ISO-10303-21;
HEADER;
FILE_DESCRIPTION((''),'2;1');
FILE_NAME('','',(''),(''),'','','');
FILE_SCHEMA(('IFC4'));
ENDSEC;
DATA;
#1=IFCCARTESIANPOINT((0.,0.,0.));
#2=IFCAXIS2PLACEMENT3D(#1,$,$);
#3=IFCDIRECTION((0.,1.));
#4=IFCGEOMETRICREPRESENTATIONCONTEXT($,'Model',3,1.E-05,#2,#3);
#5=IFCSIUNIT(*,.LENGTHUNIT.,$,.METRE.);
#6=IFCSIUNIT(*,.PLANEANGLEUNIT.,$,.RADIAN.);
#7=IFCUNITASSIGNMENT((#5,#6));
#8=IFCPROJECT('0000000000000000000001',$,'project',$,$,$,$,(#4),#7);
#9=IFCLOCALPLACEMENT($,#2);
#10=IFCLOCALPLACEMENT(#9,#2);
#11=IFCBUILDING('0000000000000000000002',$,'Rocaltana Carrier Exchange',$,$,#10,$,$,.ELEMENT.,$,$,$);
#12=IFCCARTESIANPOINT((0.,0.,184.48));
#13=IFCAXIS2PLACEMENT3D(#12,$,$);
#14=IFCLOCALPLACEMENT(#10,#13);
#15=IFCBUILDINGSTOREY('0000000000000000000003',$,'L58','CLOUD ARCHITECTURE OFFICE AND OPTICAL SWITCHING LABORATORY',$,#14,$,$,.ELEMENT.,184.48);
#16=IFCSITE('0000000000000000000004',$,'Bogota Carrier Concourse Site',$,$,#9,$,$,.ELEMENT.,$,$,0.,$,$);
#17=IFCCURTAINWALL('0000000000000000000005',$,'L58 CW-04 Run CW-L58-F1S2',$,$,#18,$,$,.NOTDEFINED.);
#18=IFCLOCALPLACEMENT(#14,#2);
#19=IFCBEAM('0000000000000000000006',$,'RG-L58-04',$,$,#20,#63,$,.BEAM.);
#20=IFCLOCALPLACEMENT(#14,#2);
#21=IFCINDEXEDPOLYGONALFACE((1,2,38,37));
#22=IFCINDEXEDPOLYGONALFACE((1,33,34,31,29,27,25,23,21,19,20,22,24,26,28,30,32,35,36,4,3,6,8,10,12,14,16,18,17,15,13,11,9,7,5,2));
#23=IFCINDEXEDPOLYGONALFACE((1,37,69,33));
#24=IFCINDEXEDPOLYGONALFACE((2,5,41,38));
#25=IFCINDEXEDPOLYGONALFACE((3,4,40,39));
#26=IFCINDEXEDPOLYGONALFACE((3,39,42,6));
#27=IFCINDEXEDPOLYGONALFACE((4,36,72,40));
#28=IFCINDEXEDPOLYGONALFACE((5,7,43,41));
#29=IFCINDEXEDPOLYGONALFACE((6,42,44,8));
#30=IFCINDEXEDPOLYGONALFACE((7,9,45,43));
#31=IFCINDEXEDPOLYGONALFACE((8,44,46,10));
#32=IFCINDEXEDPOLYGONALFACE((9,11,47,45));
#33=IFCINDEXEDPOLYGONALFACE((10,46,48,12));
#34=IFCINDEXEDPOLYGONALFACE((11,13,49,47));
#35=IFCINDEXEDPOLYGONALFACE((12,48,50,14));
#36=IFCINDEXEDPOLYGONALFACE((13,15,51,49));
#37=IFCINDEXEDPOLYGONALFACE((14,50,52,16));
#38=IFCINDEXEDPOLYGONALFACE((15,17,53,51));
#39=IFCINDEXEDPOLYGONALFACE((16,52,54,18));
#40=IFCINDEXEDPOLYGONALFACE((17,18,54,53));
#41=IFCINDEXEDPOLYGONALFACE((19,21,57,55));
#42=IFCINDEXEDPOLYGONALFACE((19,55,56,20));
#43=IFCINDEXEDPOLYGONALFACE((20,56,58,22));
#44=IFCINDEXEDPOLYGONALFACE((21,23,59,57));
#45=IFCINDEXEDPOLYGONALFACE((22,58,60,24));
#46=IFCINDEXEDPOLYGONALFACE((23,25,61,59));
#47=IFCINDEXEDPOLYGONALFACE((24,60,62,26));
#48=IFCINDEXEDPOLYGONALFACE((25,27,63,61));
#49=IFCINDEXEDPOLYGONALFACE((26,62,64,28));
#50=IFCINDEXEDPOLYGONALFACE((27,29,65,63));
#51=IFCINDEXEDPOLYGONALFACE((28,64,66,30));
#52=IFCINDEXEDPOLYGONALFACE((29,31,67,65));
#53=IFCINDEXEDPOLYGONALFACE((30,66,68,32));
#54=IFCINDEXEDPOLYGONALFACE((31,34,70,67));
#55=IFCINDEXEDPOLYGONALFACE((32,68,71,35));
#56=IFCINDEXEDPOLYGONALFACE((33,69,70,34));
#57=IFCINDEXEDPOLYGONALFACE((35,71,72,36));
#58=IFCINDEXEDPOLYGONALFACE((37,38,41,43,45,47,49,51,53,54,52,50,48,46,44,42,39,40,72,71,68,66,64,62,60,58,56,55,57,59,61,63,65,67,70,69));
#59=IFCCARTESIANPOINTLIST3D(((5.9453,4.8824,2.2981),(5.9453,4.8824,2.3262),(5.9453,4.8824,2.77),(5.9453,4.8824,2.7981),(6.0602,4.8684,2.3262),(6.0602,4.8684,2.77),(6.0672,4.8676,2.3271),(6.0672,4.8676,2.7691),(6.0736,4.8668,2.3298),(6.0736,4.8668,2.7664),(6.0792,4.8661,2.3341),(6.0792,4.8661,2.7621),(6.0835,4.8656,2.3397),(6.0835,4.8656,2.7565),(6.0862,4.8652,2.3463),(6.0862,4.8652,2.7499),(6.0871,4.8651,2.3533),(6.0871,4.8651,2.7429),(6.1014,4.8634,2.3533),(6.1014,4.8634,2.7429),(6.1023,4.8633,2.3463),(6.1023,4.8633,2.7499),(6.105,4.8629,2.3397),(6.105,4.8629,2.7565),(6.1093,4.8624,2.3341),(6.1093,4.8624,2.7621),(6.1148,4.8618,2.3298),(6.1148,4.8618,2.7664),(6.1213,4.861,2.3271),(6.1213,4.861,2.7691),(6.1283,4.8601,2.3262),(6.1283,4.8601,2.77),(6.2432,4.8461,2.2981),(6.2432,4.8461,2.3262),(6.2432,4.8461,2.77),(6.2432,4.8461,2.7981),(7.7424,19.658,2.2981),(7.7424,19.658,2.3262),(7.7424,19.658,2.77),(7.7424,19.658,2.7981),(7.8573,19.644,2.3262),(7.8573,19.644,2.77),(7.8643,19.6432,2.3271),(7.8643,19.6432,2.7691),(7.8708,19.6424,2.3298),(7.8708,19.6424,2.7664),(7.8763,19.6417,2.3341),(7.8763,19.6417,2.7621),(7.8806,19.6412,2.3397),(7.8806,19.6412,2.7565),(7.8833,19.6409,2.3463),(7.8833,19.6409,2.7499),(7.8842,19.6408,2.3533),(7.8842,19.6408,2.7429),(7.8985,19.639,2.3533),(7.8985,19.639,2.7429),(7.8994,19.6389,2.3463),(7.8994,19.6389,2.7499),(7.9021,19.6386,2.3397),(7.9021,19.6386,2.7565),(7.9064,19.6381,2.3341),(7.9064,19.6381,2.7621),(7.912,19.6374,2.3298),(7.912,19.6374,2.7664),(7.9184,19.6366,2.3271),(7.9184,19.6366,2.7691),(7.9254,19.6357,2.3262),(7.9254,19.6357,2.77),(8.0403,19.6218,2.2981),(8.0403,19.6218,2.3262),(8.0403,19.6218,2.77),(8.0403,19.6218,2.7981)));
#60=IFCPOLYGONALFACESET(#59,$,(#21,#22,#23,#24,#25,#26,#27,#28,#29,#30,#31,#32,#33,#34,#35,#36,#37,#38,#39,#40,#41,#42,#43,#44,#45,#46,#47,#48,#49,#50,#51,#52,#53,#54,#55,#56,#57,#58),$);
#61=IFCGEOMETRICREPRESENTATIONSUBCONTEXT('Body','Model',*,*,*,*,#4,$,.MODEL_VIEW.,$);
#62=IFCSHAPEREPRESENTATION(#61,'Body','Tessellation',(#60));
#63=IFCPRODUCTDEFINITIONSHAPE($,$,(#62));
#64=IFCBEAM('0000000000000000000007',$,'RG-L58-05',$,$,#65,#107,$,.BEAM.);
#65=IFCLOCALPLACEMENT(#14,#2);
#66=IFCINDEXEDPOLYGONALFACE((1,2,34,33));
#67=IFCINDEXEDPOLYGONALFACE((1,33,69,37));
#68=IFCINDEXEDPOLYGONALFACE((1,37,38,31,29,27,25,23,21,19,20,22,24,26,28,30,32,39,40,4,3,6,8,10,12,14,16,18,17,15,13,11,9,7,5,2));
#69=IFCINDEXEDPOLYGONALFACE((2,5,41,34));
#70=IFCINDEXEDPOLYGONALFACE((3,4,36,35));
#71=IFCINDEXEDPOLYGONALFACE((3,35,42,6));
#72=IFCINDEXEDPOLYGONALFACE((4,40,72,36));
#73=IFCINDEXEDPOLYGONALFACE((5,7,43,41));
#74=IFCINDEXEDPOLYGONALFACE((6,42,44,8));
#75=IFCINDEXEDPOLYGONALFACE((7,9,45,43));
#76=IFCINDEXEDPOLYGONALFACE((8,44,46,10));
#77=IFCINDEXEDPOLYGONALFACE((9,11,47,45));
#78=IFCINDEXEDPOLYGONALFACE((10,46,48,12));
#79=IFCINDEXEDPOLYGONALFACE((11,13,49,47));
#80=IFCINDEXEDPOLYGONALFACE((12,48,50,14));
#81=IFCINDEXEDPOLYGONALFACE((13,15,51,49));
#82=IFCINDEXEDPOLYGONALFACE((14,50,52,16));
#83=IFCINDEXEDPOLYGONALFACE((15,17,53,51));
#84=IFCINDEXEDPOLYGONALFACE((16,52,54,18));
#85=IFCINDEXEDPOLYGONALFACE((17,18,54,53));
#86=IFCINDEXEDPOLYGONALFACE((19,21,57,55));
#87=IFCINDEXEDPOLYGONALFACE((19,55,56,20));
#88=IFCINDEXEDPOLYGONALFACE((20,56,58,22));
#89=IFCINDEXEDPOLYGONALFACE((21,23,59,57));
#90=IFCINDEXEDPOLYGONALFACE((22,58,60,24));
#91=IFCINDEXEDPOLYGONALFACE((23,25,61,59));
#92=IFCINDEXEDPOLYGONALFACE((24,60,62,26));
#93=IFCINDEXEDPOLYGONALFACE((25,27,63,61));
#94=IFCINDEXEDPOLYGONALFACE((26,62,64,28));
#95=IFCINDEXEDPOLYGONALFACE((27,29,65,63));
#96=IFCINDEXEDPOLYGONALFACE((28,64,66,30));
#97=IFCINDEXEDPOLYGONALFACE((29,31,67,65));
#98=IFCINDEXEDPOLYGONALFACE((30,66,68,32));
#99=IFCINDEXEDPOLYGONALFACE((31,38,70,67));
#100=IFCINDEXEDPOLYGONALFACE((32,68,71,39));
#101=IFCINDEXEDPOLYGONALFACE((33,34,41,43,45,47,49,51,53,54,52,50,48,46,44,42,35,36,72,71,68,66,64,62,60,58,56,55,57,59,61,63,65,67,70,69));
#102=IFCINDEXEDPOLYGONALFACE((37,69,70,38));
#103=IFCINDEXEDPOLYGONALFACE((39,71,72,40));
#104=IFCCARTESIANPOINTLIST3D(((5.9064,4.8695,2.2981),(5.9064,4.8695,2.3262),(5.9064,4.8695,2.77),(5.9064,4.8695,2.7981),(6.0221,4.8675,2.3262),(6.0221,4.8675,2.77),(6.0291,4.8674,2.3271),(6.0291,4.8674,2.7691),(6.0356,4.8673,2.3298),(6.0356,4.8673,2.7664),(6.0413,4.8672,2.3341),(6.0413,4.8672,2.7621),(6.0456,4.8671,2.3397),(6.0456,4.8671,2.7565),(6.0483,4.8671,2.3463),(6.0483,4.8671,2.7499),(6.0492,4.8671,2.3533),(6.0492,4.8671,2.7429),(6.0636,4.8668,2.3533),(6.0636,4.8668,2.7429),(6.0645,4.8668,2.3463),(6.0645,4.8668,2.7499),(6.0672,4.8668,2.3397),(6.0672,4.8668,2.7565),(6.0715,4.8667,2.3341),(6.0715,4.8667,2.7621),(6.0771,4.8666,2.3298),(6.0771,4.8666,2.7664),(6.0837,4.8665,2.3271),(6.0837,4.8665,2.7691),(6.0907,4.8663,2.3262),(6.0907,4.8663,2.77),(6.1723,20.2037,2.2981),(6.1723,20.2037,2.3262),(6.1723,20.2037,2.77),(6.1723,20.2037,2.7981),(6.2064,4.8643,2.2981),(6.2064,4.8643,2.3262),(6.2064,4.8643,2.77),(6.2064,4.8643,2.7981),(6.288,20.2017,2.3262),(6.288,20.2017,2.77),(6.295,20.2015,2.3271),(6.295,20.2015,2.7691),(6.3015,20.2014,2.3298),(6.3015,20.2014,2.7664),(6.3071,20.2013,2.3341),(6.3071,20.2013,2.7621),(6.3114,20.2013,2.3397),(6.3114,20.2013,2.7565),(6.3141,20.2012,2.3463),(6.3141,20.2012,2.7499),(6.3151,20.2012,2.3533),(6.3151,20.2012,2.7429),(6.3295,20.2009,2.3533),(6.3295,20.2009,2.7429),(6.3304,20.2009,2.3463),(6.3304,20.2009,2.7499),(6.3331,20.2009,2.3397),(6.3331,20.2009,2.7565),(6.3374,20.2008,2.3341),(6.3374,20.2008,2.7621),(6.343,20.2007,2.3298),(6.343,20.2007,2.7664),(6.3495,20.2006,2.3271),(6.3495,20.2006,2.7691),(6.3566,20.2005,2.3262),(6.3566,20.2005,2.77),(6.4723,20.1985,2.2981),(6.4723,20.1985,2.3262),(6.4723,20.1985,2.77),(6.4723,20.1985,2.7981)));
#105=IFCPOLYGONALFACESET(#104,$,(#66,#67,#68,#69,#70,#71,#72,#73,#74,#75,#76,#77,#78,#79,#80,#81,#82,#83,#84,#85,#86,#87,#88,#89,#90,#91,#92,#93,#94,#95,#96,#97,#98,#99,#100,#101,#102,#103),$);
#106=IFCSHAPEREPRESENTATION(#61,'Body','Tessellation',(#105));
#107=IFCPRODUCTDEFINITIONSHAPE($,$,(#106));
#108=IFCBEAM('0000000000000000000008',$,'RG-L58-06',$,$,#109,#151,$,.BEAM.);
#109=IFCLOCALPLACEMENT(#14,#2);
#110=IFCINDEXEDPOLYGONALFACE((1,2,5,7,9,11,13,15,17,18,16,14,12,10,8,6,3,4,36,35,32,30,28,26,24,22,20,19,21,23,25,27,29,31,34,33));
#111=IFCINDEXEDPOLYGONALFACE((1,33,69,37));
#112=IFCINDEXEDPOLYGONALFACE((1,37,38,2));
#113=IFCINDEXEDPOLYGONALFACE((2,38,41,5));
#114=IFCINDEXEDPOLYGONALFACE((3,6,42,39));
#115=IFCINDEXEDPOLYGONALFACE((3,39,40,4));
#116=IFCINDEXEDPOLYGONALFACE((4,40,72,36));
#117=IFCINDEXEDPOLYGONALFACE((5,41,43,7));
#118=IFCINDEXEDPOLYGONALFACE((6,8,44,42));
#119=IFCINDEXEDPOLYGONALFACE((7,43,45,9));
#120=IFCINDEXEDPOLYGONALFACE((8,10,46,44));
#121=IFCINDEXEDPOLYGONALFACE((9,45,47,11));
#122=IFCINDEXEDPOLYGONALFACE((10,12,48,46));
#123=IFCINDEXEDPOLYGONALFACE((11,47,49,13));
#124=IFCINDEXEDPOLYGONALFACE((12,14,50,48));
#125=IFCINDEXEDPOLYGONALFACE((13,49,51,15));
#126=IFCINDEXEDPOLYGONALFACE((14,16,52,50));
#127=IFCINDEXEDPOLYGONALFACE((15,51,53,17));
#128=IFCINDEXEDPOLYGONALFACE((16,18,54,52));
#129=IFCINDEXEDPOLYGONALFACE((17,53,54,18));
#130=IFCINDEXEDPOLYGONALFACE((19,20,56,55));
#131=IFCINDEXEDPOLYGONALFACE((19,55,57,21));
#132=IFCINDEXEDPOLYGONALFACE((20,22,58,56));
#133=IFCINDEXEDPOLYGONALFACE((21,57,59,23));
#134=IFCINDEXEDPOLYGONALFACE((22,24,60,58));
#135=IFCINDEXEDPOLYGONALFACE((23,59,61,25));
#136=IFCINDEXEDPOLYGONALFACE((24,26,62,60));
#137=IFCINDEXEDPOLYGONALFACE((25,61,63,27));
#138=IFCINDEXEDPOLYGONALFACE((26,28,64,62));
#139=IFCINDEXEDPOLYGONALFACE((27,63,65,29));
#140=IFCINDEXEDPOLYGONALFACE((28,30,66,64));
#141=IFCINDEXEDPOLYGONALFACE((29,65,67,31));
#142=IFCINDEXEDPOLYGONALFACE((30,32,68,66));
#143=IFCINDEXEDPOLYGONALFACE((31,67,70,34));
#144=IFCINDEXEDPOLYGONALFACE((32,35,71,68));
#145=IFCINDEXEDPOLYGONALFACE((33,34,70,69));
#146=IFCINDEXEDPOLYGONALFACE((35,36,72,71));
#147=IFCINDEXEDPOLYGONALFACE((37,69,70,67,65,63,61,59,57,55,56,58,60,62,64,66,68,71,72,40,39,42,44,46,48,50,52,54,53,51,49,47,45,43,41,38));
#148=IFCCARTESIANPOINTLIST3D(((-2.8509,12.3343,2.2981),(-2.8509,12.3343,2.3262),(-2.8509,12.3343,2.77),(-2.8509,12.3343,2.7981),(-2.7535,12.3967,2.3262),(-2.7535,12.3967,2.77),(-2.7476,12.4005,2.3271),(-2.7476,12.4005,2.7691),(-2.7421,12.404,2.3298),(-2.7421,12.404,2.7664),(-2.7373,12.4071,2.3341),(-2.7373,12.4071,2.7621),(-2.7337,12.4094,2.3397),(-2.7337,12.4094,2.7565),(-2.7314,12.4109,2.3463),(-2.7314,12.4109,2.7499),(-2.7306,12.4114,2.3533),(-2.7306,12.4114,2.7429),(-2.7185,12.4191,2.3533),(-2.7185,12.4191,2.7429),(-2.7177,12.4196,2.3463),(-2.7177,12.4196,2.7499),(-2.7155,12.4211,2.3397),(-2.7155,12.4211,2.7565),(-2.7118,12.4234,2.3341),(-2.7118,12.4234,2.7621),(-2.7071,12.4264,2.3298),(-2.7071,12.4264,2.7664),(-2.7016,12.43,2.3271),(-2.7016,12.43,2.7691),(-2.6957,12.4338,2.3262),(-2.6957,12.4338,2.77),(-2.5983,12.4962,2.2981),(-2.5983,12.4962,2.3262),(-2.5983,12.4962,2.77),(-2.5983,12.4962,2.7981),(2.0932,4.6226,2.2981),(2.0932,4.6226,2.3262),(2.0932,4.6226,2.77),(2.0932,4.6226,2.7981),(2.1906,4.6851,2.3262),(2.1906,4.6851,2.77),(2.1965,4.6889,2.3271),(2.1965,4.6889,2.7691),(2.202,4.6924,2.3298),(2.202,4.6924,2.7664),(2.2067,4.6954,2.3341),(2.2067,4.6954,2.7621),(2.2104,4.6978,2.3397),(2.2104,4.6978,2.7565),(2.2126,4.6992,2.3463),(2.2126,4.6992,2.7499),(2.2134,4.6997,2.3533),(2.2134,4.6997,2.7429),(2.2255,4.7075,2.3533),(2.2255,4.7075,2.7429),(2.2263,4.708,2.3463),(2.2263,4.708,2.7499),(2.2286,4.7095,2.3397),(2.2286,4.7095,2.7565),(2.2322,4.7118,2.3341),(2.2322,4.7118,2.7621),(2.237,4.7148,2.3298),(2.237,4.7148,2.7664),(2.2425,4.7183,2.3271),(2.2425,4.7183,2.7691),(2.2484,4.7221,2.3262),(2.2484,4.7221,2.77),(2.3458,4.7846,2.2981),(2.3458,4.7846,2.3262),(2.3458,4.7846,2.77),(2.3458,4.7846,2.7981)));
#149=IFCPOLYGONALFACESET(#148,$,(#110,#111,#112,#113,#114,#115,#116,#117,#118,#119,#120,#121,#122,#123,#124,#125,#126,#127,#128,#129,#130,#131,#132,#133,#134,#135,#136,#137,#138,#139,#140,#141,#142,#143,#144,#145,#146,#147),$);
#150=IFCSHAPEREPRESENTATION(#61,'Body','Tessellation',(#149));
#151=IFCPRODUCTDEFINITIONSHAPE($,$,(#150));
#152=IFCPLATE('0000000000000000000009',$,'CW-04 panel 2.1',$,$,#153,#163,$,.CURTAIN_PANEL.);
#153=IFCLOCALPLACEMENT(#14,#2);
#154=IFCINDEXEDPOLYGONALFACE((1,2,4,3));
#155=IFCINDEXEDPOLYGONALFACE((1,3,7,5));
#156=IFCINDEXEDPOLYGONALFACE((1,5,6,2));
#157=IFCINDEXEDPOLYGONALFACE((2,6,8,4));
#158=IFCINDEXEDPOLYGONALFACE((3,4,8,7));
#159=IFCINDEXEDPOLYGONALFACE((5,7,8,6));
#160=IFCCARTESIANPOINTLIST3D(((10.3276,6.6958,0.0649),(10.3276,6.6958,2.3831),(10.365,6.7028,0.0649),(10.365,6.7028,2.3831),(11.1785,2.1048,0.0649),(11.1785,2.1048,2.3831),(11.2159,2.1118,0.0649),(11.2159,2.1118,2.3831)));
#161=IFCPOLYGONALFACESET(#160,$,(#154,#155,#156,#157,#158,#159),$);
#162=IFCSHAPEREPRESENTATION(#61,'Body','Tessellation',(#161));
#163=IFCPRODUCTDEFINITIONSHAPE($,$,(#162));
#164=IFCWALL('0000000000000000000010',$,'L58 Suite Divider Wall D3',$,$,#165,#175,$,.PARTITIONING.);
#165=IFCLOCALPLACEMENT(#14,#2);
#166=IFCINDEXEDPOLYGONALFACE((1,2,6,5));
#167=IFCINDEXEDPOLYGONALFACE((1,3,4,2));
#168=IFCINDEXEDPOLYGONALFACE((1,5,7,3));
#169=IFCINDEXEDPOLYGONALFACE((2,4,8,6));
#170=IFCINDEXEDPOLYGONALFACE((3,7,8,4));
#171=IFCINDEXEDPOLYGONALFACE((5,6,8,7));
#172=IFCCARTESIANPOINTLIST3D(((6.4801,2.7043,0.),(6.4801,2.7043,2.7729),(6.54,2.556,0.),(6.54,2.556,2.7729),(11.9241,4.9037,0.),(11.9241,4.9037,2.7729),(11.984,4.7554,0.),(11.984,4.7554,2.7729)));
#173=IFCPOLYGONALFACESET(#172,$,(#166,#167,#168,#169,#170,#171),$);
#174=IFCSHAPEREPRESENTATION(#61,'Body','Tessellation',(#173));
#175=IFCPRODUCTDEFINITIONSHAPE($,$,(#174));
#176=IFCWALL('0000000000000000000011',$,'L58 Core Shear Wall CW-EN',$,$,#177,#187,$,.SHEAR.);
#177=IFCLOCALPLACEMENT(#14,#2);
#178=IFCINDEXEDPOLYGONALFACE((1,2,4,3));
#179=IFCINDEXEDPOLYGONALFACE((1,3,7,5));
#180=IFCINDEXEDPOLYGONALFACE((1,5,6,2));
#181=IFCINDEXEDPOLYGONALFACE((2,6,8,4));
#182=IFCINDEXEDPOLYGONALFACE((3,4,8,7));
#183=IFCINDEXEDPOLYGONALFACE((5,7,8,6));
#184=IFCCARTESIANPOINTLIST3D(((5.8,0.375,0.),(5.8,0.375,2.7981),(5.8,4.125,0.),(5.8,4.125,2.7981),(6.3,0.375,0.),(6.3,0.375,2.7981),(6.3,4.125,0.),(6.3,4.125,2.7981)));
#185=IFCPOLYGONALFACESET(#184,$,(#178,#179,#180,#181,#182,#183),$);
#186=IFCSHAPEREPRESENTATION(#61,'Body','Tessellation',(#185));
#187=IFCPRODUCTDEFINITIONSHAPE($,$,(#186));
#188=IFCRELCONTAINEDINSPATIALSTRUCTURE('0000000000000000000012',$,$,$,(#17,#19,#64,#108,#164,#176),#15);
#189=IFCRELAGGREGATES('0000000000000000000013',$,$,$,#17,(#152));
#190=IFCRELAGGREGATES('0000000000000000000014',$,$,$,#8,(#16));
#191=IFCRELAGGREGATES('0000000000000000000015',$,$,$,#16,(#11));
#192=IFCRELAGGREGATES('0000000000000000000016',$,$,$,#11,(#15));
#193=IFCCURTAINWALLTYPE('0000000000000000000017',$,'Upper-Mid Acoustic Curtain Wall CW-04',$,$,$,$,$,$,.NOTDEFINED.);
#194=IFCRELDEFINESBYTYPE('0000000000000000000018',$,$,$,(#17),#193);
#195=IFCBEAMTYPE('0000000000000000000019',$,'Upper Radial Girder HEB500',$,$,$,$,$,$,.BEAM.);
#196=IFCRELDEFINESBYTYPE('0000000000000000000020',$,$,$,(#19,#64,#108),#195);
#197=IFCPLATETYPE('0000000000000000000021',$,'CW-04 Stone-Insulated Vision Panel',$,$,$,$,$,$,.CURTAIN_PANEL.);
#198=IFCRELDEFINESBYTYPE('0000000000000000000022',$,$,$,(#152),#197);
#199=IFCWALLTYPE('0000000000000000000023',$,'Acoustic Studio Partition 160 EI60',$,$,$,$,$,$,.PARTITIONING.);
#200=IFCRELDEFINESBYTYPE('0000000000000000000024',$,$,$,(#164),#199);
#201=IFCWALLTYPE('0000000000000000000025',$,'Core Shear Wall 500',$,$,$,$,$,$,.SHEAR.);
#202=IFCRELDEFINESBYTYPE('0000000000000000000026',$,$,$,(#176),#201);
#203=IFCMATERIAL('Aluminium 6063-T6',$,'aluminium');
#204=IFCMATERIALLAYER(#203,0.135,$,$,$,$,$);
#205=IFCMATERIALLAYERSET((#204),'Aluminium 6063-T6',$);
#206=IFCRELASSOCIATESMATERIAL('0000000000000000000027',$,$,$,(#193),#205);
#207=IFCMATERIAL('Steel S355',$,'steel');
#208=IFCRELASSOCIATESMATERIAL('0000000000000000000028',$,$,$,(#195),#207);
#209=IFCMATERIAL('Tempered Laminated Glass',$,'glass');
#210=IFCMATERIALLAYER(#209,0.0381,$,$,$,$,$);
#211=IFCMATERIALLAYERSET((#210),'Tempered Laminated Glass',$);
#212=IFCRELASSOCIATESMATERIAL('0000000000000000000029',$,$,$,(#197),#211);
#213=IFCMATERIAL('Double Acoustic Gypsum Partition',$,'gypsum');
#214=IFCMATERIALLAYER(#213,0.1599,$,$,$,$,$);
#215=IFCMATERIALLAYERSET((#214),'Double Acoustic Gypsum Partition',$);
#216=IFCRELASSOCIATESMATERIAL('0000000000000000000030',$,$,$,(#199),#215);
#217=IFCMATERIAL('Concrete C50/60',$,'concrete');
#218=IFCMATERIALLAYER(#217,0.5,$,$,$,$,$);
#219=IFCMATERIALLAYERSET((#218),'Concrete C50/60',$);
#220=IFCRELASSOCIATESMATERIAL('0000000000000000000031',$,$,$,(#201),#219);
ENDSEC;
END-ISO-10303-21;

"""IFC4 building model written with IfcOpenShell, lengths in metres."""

from ifc_helpers import new_model, si_unit, direction, frame, frame_2d, origin, origin_2d, place, context, subcontext, project, spatial, rectangle, i_section, extrude, material, layer, layer_set, material_profile, profile_set, type_object, element, aggregate, save


model = new_model("IFC4")

# Units and contexts
model_context = context("Model", 3, precision=1e-05, world=origin(), true_north=direction((0.0, 1.0)))
body_context = subcontext(model_context, "Body", "Model", "MODEL_VIEW")
ifc_project = project(units=[si_unit("LENGTHUNIT", "METRE"), si_unit("PLANEANGLEUNIT", "RADIAN")], contexts=[model_context])

# Site, building, storey
site_placement = place(None, origin())
site = spatial("IfcSite", under=ifc_project, at=site_placement, Name="Bogota Carrier Concourse Site", CompositionType="ELEMENT", RefElevation=0.0)
building_placement = place(site_placement, origin())
building = spatial("IfcBuilding", under=site, at=building_placement, Name="Rocaltana Carrier Exchange", CompositionType="ELEMENT")
storey_placement = place(building_placement, frame((0.0, 0.0, 184.48)))
storey = spatial("IfcBuildingStorey", under=building, at=storey_placement, Name="L58", Description="CLOUD ARCHITECTURE OFFICE AND OPTICAL SWITCHING LABORATORY", CompositionType="ELEMENT", Elevation=184.48)

# Curtain wall
ifc_material_1 = material(Name="Aluminium 6063-T6", Category="aluminium")
ifc_layer_1 = layer(ifc_material_1, 0.135)
ifc_layer_set_1 = layer_set([ifc_layer_1], Name="Aluminium 6063-T6")
curtain_wall_type = type_object("IfcCurtainWallType", Name="Upper-Mid Acoustic Curtain Wall CW-04", PredefinedType="NOTDEFINED", material=ifc_layer_set_1)
curtain_wall_placement = place(storey_placement, origin())
curtain_wall = element("IfcCurtainWall", 1, at=curtain_wall_placement, inside=storey, type_object=curtain_wall_type, Name="L58 CW-04 Run CW-L58-F1S2", PredefinedType="NOTDEFINED")

# Beams
ifc_material_2 = material(Name="Steel S355", Category="steel")
ifc_material_profile_1 = material_profile(ifc_material_2, i_section(OverallWidth=0.3, OverallDepth=0.5, WebThickness=0.0144, FlangeThickness=0.0281, FilletRadius=0.0271, at=origin_2d()), Name="HEB500")
ifc_profile_set_1 = profile_set([ifc_material_profile_1], Name="Steel S355")
beam_type_1 = type_object("IfcBeamType", Name="Upper Radial Girder HEB500", PredefinedType="BEAM", material=ifc_profile_set_1)
beam_1_placement = place(storey_placement, frame((6.0942, 4.8643, 2.5481), z_axis=(0.120737, 0.992684, 0.0), x_axis=(-0.992684, 0.120737, 0.0)))
element("IfcBeam", 2, at=beam_1_placement, inside=storey, type_object=beam_type_1, Name="RG-L58-04", PredefinedType="BEAM", context=body_context, shape_type="SweptSolid", body=[
    extrude(i_section(OverallWidth=0.3, OverallDepth=0.5, WebThickness=0.0144, FlangeThickness=0.0281, FilletRadius=0.0271, at=origin_2d()), origin(), (0.0, 0.0, 1.0), 14.8845),
])
beam_2_placement = place(storey_placement, frame((6.0564, 4.8669, 2.5481), z_axis=(0.017336, 0.99985, 0.0), x_axis=(-0.99985, 0.017336, 0.0)))
element("IfcBeam", 3, at=beam_2_placement, inside=storey, type_object=beam_type_1, Name="RG-L58-05", PredefinedType="BEAM", context=body_context, shape_type="SweptSolid", body=[
    extrude(i_section(OverallWidth=0.3, OverallDepth=0.5, WebThickness=0.0144, FlangeThickness=0.0281, FilletRadius=0.0271, at=origin_2d()), origin(), (0.0, 0.0, 1.0), 15.3364),
])
beam_3_placement = place(storey_placement, frame((2.2195, 4.7036, 2.5481), z_axis=(-0.539721, 0.841844, 0.0), x_axis=(-0.841844, -0.539721, 0.0)))
element("IfcBeam", 4, at=beam_3_placement, inside=storey, type_object=beam_type_1, Name="RG-L58-06", PredefinedType="BEAM", context=body_context, shape_type="SweptSolid", body=[
    extrude(i_section(OverallWidth=0.3, OverallDepth=0.5, WebThickness=0.0144, FlangeThickness=0.0281, FilletRadius=0.0271, at=origin_2d()), origin(), (0.0, 0.0, 1.0), 9.1604),
])

# Plate
ifc_material_3 = material(Name="Tempered Laminated Glass", Category="glass")
ifc_layer_2 = layer(ifc_material_3, 0.0381)
ifc_layer_set_2 = layer_set([ifc_layer_2], Name="Tempered Laminated Glass")
plate_type = type_object("IfcPlateType", Name="CW-04 Stone-Insulated Vision Panel", PredefinedType="CURTAIN_PANEL", material=ifc_layer_set_2)
plate_placement = place(storey_placement, frame((10.7717, 4.4038, 0.0649), z_axis=(0.0, 0.0, 1.0), x_axis=(-0.182236, 0.983255, 0.0)))
plate = element("IfcPlate", 5, at=plate_placement, type_object=plate_type, Name="CW-04 panel 2.1", PredefinedType="CURTAIN_PANEL", context=body_context, shape_type="SweptSolid", body=[
    extrude(rectangle(XDim=4.6692, YDim=0.0381, at=origin_2d()), origin(), (0.0, 0.0, 1.0), 2.3181),
])
aggregate(curtain_wall, [plate])

# Walls
ifc_material_4 = material(Name="Double Acoustic Gypsum Partition", Category="gypsum")
ifc_layer_3 = layer(ifc_material_4, 0.1599)
ifc_layer_set_3 = layer_set([ifc_layer_3], Name="Double Acoustic Gypsum Partition")
wall_type_1 = type_object("IfcWallType", Name="Acoustic Studio Partition 160 EI60", PredefinedType="PARTITIONING", material=ifc_layer_set_3)
wall_1_placement = place(storey_placement, frame((6.51, 2.6301, 0.0), z_axis=(0.0, 0.0, 1.0), x_axis=(0.927189, 0.374593, 0.0)))
element("IfcWall", 6, at=wall_1_placement, inside=storey, type_object=wall_type_1, Name="L58 Suite Divider Wall D3", PredefinedType="PARTITIONING", context=body_context, shape_type="SweptSolid", body=[
    extrude(rectangle(XDim=5.8716, YDim=0.1599, at=frame_2d((2.9358, 0.0))), origin(), (0.0, 0.0, 1.0), 2.7729),
])
ifc_material_5 = material(Name="Concrete C50/60", Category="concrete")
ifc_layer_4 = layer(ifc_material_5, 0.5)
ifc_layer_set_4 = layer_set([ifc_layer_4], Name="Concrete C50/60")
wall_type_2 = type_object("IfcWallType", Name="Core Shear Wall 500", PredefinedType="SHEAR", material=ifc_layer_set_4)
wall_2_placement = place(storey_placement, frame((6.05, 0.375, 0.0), z_axis=(0.0, 0.0, 1.0), x_axis=(0.0, 1.0, 0.0)))
element("IfcWall", 7, at=wall_2_placement, inside=storey, type_object=wall_type_2, Name="L58 Core Shear Wall CW-EN", PredefinedType="SHEAR", context=body_context, shape_type="SweptSolid", body=[
    extrude(rectangle(XDim=3.75, YDim=0.5, at=frame_2d((1.875, 0.0))), origin(), (0.0, 0.0, 1.0), 2.7981),
])

save(model, "model.ifc")
